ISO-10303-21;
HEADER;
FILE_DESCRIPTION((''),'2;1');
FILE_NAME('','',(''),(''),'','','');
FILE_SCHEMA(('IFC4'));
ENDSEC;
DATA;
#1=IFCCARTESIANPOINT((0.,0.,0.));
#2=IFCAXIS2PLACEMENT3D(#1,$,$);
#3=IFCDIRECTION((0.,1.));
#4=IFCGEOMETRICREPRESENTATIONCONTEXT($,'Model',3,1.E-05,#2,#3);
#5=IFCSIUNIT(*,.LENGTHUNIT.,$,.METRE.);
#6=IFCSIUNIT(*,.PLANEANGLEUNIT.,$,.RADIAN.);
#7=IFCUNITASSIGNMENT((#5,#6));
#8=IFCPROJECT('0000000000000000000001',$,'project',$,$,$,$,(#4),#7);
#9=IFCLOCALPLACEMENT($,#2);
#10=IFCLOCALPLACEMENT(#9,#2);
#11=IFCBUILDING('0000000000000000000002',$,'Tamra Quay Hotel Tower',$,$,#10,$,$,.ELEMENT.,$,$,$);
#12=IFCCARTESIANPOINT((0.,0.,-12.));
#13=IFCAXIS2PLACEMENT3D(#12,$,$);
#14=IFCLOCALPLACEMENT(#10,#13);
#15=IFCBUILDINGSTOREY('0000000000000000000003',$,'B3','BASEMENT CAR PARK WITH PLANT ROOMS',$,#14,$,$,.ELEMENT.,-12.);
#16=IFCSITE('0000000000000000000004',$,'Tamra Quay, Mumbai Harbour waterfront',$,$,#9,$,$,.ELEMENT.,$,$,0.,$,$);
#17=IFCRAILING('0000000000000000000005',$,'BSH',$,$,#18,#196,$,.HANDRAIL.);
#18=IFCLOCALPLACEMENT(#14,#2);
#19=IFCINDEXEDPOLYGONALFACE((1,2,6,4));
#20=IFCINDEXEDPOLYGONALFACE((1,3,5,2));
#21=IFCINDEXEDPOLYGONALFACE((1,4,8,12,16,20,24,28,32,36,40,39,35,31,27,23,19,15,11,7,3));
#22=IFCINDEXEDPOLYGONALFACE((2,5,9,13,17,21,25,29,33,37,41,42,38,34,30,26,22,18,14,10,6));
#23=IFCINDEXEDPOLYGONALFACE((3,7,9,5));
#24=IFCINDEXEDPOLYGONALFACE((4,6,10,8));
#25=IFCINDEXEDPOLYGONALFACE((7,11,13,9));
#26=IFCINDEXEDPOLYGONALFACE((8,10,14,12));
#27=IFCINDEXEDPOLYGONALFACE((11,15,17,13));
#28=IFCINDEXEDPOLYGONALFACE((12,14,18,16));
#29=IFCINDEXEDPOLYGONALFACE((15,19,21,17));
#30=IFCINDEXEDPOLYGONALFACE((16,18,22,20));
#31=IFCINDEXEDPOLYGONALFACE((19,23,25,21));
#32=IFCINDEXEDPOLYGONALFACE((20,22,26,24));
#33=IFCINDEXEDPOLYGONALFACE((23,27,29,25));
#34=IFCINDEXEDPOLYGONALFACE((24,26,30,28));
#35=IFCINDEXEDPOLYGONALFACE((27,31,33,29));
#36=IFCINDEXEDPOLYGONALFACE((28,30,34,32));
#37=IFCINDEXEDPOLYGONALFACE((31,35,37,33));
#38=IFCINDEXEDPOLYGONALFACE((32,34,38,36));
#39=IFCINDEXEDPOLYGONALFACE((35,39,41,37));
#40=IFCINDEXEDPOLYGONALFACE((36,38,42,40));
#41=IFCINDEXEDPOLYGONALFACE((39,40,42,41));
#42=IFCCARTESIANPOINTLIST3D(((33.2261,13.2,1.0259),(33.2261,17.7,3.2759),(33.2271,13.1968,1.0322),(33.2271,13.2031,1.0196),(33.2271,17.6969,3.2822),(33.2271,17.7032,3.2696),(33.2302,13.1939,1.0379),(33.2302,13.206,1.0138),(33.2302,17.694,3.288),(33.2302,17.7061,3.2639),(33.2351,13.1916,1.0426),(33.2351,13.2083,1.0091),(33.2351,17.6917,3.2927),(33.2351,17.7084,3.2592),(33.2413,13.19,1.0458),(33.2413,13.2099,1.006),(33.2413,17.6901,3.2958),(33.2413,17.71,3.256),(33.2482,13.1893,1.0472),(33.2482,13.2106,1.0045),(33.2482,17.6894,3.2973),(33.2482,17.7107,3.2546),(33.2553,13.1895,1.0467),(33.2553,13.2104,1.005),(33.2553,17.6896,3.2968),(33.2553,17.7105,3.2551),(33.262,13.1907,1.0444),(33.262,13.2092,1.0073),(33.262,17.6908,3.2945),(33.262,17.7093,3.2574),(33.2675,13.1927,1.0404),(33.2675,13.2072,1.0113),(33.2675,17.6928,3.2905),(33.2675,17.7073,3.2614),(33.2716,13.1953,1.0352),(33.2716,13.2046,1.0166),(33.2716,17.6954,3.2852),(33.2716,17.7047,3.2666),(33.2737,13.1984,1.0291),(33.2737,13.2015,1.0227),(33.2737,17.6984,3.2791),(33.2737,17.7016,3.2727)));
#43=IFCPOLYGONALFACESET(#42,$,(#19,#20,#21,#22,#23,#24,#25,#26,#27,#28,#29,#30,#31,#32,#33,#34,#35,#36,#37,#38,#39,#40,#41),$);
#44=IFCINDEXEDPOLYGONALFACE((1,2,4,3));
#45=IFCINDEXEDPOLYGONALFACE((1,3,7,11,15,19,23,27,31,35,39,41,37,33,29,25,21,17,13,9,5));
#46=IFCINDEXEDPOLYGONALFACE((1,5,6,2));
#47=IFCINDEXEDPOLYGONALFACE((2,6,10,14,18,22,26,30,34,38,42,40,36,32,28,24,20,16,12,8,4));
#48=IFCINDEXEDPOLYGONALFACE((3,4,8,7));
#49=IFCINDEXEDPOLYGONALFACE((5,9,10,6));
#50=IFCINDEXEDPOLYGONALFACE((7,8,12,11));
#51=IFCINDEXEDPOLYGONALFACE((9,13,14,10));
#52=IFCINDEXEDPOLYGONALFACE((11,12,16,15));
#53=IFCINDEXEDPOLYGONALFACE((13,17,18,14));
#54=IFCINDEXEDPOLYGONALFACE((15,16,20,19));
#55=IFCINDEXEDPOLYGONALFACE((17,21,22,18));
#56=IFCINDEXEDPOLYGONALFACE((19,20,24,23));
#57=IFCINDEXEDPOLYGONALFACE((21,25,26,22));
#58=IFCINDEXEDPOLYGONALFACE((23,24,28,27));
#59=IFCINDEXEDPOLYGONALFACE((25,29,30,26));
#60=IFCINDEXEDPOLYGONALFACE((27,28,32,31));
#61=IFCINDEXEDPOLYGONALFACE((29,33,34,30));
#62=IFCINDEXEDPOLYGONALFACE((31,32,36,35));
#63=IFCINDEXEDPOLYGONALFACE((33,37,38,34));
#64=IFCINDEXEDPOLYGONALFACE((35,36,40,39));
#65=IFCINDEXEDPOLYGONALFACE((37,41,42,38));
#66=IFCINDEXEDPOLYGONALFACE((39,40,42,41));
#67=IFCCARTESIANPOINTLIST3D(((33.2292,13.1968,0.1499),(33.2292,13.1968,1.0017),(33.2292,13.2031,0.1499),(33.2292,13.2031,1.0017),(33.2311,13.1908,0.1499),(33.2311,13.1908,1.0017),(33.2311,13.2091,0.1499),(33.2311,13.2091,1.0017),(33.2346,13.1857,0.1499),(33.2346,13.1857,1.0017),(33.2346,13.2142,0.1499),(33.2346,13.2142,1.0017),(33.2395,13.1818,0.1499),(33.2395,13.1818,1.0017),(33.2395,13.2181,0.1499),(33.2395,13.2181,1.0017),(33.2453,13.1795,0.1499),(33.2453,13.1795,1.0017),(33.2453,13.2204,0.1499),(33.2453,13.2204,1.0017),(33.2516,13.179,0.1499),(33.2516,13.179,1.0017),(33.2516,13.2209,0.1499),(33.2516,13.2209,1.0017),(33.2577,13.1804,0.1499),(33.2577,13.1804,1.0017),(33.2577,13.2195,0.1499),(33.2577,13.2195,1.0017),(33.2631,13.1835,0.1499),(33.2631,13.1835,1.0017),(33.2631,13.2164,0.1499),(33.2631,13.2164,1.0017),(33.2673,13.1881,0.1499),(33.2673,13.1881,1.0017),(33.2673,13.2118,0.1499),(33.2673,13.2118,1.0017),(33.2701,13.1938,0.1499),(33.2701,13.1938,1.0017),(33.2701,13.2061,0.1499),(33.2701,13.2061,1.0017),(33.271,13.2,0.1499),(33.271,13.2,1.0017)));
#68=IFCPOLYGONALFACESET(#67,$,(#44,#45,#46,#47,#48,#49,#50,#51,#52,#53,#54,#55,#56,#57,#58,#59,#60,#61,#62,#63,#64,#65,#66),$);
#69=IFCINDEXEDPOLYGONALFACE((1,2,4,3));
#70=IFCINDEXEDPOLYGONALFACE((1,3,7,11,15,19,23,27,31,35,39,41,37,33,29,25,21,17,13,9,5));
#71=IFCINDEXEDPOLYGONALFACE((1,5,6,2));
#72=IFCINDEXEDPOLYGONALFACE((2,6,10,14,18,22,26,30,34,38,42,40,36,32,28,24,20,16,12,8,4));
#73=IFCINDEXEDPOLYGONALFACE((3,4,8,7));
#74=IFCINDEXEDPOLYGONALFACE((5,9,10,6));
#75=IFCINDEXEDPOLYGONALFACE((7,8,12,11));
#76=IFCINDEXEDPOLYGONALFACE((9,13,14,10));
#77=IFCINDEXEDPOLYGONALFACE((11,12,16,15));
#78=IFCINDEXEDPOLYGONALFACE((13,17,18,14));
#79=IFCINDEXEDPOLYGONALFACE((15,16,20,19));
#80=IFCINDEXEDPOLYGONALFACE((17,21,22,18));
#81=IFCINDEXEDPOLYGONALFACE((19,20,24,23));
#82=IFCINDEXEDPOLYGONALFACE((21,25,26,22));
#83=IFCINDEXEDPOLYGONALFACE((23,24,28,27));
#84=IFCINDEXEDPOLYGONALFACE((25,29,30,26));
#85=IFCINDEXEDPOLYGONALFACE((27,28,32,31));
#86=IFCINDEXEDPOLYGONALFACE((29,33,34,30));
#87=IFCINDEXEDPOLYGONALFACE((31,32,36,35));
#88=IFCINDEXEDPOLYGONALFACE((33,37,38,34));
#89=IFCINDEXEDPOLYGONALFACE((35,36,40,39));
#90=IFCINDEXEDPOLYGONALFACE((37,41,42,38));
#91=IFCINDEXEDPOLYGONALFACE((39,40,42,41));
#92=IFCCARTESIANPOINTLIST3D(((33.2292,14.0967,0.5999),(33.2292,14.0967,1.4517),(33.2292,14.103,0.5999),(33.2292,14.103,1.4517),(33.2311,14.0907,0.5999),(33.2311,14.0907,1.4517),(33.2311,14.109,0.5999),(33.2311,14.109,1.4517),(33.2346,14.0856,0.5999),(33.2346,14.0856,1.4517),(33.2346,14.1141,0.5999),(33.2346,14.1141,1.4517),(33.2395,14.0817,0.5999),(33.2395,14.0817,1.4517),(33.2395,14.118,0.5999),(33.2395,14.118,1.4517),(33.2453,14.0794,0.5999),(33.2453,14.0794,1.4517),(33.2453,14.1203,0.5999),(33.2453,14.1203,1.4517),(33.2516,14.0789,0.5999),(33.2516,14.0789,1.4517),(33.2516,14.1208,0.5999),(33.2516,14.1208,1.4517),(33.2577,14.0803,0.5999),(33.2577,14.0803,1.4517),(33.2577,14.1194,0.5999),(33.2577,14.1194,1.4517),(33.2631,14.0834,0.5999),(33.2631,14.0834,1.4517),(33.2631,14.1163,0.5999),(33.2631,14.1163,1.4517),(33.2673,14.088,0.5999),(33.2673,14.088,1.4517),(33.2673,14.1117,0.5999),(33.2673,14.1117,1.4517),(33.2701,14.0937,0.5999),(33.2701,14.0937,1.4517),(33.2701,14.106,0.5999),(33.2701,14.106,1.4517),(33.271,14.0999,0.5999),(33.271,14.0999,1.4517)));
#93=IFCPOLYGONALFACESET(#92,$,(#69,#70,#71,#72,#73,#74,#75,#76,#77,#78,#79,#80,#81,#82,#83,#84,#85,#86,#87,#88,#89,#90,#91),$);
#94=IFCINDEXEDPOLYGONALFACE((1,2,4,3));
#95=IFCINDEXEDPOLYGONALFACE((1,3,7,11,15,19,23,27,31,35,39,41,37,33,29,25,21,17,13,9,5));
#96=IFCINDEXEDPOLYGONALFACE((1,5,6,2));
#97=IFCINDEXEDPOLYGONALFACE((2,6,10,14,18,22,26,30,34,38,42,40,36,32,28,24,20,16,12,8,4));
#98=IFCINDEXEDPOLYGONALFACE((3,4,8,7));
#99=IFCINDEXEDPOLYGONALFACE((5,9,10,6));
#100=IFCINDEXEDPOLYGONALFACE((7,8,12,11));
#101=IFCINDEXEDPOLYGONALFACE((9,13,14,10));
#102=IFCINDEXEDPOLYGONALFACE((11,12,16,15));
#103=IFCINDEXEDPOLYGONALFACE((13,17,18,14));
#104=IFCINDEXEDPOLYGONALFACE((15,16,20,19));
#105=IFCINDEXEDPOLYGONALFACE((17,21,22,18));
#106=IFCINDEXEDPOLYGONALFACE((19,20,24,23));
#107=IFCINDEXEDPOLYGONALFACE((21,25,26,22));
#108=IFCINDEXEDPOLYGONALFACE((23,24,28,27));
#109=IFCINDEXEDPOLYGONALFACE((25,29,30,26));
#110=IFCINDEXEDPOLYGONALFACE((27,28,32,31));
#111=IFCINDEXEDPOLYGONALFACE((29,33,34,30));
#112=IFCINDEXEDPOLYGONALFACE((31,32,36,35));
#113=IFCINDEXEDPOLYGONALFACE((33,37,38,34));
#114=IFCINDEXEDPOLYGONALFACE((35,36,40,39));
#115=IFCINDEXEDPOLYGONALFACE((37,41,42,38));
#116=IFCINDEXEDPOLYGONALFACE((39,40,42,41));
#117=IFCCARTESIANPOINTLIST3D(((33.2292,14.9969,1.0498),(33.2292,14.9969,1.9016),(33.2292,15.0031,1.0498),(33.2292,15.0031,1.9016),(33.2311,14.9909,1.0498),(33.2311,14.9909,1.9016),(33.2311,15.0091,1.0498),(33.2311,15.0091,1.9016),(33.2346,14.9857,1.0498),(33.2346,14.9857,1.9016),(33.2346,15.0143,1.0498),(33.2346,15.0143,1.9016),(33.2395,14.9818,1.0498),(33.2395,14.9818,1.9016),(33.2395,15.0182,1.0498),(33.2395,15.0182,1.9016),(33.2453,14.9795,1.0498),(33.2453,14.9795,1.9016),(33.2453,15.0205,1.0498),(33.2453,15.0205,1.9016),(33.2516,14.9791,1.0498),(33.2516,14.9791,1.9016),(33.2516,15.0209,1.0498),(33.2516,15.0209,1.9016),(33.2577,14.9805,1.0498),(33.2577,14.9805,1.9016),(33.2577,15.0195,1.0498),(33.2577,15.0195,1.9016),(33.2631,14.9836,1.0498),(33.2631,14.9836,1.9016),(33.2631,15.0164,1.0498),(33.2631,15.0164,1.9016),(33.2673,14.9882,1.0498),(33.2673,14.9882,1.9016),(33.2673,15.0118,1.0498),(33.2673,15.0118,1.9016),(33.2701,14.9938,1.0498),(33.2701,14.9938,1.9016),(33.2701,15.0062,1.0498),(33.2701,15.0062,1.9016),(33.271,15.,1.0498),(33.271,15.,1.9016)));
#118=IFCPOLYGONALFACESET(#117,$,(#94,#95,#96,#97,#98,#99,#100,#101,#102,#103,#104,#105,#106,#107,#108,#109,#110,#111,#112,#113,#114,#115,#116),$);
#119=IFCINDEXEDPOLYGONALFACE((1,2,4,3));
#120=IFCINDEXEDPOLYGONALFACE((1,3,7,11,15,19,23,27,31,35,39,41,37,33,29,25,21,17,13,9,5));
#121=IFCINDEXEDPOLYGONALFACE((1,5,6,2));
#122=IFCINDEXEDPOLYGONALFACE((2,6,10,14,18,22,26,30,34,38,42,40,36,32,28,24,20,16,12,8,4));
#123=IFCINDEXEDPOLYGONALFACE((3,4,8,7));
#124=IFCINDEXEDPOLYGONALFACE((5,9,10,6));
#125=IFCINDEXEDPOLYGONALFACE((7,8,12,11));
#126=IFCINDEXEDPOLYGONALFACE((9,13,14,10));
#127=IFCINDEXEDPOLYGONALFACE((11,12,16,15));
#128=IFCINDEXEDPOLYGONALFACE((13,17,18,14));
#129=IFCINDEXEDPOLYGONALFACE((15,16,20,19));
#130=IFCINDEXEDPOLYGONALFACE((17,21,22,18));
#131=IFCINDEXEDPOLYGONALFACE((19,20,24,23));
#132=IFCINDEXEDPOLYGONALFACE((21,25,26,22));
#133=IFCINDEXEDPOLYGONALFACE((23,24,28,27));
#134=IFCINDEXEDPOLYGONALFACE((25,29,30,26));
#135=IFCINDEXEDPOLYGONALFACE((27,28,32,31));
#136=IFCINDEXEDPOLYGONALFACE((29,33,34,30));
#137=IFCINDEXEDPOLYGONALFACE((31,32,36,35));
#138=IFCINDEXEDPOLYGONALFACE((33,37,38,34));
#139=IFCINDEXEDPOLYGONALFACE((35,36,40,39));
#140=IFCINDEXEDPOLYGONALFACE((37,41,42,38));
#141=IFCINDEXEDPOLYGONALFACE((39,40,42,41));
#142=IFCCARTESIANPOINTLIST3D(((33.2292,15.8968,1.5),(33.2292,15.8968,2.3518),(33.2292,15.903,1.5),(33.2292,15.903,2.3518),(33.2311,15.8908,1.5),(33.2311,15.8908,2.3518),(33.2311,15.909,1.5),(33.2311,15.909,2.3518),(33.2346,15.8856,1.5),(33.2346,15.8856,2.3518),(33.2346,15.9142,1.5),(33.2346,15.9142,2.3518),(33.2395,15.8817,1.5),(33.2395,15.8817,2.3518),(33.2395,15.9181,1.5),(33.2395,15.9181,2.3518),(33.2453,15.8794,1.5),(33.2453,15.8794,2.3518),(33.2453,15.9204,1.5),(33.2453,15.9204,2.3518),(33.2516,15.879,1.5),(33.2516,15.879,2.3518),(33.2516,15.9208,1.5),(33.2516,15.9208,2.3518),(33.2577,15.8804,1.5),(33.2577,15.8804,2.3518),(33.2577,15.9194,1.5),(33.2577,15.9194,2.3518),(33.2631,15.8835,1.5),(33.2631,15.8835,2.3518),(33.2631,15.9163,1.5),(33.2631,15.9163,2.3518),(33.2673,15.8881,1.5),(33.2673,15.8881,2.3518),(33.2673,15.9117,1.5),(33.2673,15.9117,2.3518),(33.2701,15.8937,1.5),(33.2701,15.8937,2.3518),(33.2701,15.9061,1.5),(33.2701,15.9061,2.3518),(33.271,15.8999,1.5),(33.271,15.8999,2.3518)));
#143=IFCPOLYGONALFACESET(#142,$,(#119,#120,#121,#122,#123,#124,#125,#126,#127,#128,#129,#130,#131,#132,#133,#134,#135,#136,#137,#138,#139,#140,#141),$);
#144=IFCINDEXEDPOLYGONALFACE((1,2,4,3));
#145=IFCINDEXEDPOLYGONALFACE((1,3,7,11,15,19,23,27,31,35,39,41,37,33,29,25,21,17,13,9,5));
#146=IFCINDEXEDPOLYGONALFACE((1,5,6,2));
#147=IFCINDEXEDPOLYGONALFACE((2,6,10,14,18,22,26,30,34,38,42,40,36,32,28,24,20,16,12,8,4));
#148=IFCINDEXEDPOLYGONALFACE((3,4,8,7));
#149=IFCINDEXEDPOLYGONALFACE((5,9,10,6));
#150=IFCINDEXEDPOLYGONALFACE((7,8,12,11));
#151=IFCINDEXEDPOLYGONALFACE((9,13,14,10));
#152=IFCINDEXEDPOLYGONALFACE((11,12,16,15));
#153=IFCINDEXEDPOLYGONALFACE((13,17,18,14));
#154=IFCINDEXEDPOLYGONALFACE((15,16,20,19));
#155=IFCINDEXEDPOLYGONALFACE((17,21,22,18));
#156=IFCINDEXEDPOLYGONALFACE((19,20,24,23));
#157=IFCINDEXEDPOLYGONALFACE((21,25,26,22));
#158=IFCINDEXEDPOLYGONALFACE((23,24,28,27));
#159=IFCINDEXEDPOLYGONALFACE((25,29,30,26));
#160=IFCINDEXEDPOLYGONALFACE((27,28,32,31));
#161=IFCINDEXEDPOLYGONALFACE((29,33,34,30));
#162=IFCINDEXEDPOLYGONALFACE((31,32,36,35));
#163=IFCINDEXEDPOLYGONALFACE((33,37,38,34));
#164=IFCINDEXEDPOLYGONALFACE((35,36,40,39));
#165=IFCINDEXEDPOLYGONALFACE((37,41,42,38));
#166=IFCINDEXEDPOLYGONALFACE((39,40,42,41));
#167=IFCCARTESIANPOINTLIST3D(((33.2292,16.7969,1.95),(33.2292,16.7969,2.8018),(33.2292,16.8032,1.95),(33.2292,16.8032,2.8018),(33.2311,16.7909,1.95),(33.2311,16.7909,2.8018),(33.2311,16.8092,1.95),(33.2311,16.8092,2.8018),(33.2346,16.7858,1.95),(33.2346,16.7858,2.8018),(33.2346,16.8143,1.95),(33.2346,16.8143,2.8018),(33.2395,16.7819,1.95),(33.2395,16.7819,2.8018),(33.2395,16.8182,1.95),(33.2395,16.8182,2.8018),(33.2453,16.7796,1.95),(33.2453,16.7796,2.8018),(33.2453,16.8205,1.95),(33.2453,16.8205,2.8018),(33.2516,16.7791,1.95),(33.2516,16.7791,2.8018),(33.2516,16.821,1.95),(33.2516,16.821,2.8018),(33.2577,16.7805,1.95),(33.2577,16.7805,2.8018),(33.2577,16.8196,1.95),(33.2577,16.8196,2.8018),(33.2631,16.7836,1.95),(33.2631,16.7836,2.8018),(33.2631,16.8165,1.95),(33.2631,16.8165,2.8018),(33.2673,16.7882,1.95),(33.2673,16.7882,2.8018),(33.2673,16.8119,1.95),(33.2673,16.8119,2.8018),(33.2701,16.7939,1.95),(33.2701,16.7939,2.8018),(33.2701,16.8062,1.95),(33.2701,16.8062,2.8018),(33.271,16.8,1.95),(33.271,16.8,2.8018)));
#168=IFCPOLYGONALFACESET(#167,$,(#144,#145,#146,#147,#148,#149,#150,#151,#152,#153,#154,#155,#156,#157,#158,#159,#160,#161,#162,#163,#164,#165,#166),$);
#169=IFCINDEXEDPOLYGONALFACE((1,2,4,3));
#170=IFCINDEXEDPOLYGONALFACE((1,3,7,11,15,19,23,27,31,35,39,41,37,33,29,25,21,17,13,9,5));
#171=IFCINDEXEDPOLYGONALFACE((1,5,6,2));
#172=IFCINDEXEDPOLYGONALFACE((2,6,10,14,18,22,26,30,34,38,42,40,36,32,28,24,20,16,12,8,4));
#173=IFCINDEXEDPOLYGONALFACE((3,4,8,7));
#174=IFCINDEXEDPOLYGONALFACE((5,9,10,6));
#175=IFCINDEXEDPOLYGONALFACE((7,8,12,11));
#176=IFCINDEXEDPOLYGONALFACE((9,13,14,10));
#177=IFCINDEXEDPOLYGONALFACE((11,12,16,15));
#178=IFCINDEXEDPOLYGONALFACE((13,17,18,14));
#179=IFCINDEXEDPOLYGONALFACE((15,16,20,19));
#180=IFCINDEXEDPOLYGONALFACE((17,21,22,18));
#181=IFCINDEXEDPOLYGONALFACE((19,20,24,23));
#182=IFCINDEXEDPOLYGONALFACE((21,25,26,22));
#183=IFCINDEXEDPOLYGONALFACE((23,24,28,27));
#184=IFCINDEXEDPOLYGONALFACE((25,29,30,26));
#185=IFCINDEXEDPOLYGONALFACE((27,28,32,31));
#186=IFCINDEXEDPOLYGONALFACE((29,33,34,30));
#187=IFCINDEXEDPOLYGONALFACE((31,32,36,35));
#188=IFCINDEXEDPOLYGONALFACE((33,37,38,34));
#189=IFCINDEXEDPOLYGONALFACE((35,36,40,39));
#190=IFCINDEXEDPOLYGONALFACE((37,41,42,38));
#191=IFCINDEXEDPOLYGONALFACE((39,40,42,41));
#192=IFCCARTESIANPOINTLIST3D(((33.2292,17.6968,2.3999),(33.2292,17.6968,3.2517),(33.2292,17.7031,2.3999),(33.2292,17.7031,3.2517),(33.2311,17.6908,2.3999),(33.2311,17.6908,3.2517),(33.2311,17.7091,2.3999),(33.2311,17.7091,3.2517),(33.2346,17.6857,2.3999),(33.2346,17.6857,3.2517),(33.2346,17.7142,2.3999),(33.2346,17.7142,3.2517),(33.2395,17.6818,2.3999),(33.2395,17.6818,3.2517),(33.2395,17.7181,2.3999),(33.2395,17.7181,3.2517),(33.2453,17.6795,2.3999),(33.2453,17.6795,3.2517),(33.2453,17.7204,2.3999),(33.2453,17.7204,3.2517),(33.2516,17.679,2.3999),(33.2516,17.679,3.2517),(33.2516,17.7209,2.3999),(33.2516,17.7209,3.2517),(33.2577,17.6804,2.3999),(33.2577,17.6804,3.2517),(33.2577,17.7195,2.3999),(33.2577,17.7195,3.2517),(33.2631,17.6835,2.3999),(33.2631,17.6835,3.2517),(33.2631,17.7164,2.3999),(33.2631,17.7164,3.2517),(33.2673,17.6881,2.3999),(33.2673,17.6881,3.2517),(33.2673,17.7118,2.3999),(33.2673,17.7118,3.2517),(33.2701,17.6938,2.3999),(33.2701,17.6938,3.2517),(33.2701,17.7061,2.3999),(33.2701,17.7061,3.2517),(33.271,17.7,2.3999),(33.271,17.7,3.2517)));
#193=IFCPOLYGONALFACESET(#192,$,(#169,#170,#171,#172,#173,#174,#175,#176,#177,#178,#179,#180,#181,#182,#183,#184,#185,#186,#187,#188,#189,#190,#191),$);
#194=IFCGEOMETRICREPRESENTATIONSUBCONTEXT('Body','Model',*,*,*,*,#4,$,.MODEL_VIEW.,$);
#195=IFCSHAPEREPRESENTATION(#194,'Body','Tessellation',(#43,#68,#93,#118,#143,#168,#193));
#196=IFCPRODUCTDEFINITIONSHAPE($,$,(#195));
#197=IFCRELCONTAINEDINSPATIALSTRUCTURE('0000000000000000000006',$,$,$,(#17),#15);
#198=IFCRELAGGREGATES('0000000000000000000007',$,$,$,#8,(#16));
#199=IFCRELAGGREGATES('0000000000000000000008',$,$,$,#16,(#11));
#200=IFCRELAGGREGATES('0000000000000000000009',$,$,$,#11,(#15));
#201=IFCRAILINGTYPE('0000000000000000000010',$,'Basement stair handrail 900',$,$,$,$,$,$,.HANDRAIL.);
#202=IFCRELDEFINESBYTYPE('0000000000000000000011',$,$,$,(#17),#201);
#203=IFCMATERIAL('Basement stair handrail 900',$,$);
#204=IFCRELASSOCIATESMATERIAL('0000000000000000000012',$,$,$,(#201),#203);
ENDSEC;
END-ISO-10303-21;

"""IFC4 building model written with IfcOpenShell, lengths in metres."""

from ifc_helpers import new_model, si_unit, direction, frame, origin, origin_2d, place, context, subcontext, project, spatial, circle, extrude, material, type_object, element, save


model = new_model("IFC4")

# Units and contexts
model_context = context("Model", 3, precision=1e-05, world=origin(), true_north=direction((0.0, 1.0)))
body_context = subcontext(model_context, "Body", "Model", "MODEL_VIEW")
ifc_project = project(units=[si_unit("LENGTHUNIT", "METRE"), si_unit("PLANEANGLEUNIT", "RADIAN")], contexts=[model_context])

# Site, building, storey
site_placement = place(None, origin())
site = spatial("IfcSite", under=ifc_project, at=site_placement, Name="Tamra Quay, Mumbai Harbour waterfront", CompositionType="ELEMENT", RefElevation=0.0)
building_placement = place(site_placement, origin())
building = spatial("IfcBuilding", under=site, at=building_placement, Name="Tamra Quay Hotel Tower", CompositionType="ELEMENT")
storey_placement = place(building_placement, frame((0.0, 0.0, -12.0)))
storey = spatial("IfcBuildingStorey", under=building, at=storey_placement, Name="B3", Description="BASEMENT CAR PARK WITH PLANT ROOMS", CompositionType="ELEMENT", Elevation=-12.0)

# Railing
ifc_material_1 = material(Name="Basement stair handrail 900")
railing_type_1 = type_object("IfcRailingType", Name="Basement stair handrail 900", PredefinedType="HANDRAIL", material=ifc_material_1)
railing_1_placement = place(storey_placement, frame((33.25, 13.2, 0.1499)))
element("IfcRailing", 1, at=railing_1_placement, inside=storey, type_object=railing_type_1, Name="BSH", PredefinedType="HANDRAIL", context=body_context, shape_type="SweptSolid", body=[
    extrude(circle(Radius=0.0239, at=origin_2d()), frame((0.0, 0.0, 0.876), z_axis=(0.0, 0.894427, 0.447214), x_axis=(-1.0, 0.0, 0.0)), (0.0, 0.0, 1.0), 5.0312),
    extrude(circle(Radius=0.021, at=origin_2d()), origin(), (0.0, 0.0, 1.0), 0.8518),
    extrude(circle(Radius=0.021, at=origin_2d()), frame((0.0, 0.8999, 0.45)), (0.0, 0.0, 1.0), 0.8518),
    extrude(circle(Radius=0.021, at=origin_2d()), frame((0.0, 1.8, 0.8999)), (0.0, 0.0, 1.0), 0.8518),
    extrude(circle(Radius=0.021, at=origin_2d()), frame((0.0, 2.7, 1.3501)), (0.0, 0.0, 1.0), 0.8518),
    extrude(circle(Radius=0.021, at=origin_2d()), frame((0.0, 3.6001, 1.8)), (0.0, 0.0, 1.0), 0.8518),
    extrude(circle(Radius=0.021, at=origin_2d()), frame((0.0, 4.5, 2.25)), (0.0, 0.0, 1.0), 0.8518),
])

save(model, "model.ifc")
